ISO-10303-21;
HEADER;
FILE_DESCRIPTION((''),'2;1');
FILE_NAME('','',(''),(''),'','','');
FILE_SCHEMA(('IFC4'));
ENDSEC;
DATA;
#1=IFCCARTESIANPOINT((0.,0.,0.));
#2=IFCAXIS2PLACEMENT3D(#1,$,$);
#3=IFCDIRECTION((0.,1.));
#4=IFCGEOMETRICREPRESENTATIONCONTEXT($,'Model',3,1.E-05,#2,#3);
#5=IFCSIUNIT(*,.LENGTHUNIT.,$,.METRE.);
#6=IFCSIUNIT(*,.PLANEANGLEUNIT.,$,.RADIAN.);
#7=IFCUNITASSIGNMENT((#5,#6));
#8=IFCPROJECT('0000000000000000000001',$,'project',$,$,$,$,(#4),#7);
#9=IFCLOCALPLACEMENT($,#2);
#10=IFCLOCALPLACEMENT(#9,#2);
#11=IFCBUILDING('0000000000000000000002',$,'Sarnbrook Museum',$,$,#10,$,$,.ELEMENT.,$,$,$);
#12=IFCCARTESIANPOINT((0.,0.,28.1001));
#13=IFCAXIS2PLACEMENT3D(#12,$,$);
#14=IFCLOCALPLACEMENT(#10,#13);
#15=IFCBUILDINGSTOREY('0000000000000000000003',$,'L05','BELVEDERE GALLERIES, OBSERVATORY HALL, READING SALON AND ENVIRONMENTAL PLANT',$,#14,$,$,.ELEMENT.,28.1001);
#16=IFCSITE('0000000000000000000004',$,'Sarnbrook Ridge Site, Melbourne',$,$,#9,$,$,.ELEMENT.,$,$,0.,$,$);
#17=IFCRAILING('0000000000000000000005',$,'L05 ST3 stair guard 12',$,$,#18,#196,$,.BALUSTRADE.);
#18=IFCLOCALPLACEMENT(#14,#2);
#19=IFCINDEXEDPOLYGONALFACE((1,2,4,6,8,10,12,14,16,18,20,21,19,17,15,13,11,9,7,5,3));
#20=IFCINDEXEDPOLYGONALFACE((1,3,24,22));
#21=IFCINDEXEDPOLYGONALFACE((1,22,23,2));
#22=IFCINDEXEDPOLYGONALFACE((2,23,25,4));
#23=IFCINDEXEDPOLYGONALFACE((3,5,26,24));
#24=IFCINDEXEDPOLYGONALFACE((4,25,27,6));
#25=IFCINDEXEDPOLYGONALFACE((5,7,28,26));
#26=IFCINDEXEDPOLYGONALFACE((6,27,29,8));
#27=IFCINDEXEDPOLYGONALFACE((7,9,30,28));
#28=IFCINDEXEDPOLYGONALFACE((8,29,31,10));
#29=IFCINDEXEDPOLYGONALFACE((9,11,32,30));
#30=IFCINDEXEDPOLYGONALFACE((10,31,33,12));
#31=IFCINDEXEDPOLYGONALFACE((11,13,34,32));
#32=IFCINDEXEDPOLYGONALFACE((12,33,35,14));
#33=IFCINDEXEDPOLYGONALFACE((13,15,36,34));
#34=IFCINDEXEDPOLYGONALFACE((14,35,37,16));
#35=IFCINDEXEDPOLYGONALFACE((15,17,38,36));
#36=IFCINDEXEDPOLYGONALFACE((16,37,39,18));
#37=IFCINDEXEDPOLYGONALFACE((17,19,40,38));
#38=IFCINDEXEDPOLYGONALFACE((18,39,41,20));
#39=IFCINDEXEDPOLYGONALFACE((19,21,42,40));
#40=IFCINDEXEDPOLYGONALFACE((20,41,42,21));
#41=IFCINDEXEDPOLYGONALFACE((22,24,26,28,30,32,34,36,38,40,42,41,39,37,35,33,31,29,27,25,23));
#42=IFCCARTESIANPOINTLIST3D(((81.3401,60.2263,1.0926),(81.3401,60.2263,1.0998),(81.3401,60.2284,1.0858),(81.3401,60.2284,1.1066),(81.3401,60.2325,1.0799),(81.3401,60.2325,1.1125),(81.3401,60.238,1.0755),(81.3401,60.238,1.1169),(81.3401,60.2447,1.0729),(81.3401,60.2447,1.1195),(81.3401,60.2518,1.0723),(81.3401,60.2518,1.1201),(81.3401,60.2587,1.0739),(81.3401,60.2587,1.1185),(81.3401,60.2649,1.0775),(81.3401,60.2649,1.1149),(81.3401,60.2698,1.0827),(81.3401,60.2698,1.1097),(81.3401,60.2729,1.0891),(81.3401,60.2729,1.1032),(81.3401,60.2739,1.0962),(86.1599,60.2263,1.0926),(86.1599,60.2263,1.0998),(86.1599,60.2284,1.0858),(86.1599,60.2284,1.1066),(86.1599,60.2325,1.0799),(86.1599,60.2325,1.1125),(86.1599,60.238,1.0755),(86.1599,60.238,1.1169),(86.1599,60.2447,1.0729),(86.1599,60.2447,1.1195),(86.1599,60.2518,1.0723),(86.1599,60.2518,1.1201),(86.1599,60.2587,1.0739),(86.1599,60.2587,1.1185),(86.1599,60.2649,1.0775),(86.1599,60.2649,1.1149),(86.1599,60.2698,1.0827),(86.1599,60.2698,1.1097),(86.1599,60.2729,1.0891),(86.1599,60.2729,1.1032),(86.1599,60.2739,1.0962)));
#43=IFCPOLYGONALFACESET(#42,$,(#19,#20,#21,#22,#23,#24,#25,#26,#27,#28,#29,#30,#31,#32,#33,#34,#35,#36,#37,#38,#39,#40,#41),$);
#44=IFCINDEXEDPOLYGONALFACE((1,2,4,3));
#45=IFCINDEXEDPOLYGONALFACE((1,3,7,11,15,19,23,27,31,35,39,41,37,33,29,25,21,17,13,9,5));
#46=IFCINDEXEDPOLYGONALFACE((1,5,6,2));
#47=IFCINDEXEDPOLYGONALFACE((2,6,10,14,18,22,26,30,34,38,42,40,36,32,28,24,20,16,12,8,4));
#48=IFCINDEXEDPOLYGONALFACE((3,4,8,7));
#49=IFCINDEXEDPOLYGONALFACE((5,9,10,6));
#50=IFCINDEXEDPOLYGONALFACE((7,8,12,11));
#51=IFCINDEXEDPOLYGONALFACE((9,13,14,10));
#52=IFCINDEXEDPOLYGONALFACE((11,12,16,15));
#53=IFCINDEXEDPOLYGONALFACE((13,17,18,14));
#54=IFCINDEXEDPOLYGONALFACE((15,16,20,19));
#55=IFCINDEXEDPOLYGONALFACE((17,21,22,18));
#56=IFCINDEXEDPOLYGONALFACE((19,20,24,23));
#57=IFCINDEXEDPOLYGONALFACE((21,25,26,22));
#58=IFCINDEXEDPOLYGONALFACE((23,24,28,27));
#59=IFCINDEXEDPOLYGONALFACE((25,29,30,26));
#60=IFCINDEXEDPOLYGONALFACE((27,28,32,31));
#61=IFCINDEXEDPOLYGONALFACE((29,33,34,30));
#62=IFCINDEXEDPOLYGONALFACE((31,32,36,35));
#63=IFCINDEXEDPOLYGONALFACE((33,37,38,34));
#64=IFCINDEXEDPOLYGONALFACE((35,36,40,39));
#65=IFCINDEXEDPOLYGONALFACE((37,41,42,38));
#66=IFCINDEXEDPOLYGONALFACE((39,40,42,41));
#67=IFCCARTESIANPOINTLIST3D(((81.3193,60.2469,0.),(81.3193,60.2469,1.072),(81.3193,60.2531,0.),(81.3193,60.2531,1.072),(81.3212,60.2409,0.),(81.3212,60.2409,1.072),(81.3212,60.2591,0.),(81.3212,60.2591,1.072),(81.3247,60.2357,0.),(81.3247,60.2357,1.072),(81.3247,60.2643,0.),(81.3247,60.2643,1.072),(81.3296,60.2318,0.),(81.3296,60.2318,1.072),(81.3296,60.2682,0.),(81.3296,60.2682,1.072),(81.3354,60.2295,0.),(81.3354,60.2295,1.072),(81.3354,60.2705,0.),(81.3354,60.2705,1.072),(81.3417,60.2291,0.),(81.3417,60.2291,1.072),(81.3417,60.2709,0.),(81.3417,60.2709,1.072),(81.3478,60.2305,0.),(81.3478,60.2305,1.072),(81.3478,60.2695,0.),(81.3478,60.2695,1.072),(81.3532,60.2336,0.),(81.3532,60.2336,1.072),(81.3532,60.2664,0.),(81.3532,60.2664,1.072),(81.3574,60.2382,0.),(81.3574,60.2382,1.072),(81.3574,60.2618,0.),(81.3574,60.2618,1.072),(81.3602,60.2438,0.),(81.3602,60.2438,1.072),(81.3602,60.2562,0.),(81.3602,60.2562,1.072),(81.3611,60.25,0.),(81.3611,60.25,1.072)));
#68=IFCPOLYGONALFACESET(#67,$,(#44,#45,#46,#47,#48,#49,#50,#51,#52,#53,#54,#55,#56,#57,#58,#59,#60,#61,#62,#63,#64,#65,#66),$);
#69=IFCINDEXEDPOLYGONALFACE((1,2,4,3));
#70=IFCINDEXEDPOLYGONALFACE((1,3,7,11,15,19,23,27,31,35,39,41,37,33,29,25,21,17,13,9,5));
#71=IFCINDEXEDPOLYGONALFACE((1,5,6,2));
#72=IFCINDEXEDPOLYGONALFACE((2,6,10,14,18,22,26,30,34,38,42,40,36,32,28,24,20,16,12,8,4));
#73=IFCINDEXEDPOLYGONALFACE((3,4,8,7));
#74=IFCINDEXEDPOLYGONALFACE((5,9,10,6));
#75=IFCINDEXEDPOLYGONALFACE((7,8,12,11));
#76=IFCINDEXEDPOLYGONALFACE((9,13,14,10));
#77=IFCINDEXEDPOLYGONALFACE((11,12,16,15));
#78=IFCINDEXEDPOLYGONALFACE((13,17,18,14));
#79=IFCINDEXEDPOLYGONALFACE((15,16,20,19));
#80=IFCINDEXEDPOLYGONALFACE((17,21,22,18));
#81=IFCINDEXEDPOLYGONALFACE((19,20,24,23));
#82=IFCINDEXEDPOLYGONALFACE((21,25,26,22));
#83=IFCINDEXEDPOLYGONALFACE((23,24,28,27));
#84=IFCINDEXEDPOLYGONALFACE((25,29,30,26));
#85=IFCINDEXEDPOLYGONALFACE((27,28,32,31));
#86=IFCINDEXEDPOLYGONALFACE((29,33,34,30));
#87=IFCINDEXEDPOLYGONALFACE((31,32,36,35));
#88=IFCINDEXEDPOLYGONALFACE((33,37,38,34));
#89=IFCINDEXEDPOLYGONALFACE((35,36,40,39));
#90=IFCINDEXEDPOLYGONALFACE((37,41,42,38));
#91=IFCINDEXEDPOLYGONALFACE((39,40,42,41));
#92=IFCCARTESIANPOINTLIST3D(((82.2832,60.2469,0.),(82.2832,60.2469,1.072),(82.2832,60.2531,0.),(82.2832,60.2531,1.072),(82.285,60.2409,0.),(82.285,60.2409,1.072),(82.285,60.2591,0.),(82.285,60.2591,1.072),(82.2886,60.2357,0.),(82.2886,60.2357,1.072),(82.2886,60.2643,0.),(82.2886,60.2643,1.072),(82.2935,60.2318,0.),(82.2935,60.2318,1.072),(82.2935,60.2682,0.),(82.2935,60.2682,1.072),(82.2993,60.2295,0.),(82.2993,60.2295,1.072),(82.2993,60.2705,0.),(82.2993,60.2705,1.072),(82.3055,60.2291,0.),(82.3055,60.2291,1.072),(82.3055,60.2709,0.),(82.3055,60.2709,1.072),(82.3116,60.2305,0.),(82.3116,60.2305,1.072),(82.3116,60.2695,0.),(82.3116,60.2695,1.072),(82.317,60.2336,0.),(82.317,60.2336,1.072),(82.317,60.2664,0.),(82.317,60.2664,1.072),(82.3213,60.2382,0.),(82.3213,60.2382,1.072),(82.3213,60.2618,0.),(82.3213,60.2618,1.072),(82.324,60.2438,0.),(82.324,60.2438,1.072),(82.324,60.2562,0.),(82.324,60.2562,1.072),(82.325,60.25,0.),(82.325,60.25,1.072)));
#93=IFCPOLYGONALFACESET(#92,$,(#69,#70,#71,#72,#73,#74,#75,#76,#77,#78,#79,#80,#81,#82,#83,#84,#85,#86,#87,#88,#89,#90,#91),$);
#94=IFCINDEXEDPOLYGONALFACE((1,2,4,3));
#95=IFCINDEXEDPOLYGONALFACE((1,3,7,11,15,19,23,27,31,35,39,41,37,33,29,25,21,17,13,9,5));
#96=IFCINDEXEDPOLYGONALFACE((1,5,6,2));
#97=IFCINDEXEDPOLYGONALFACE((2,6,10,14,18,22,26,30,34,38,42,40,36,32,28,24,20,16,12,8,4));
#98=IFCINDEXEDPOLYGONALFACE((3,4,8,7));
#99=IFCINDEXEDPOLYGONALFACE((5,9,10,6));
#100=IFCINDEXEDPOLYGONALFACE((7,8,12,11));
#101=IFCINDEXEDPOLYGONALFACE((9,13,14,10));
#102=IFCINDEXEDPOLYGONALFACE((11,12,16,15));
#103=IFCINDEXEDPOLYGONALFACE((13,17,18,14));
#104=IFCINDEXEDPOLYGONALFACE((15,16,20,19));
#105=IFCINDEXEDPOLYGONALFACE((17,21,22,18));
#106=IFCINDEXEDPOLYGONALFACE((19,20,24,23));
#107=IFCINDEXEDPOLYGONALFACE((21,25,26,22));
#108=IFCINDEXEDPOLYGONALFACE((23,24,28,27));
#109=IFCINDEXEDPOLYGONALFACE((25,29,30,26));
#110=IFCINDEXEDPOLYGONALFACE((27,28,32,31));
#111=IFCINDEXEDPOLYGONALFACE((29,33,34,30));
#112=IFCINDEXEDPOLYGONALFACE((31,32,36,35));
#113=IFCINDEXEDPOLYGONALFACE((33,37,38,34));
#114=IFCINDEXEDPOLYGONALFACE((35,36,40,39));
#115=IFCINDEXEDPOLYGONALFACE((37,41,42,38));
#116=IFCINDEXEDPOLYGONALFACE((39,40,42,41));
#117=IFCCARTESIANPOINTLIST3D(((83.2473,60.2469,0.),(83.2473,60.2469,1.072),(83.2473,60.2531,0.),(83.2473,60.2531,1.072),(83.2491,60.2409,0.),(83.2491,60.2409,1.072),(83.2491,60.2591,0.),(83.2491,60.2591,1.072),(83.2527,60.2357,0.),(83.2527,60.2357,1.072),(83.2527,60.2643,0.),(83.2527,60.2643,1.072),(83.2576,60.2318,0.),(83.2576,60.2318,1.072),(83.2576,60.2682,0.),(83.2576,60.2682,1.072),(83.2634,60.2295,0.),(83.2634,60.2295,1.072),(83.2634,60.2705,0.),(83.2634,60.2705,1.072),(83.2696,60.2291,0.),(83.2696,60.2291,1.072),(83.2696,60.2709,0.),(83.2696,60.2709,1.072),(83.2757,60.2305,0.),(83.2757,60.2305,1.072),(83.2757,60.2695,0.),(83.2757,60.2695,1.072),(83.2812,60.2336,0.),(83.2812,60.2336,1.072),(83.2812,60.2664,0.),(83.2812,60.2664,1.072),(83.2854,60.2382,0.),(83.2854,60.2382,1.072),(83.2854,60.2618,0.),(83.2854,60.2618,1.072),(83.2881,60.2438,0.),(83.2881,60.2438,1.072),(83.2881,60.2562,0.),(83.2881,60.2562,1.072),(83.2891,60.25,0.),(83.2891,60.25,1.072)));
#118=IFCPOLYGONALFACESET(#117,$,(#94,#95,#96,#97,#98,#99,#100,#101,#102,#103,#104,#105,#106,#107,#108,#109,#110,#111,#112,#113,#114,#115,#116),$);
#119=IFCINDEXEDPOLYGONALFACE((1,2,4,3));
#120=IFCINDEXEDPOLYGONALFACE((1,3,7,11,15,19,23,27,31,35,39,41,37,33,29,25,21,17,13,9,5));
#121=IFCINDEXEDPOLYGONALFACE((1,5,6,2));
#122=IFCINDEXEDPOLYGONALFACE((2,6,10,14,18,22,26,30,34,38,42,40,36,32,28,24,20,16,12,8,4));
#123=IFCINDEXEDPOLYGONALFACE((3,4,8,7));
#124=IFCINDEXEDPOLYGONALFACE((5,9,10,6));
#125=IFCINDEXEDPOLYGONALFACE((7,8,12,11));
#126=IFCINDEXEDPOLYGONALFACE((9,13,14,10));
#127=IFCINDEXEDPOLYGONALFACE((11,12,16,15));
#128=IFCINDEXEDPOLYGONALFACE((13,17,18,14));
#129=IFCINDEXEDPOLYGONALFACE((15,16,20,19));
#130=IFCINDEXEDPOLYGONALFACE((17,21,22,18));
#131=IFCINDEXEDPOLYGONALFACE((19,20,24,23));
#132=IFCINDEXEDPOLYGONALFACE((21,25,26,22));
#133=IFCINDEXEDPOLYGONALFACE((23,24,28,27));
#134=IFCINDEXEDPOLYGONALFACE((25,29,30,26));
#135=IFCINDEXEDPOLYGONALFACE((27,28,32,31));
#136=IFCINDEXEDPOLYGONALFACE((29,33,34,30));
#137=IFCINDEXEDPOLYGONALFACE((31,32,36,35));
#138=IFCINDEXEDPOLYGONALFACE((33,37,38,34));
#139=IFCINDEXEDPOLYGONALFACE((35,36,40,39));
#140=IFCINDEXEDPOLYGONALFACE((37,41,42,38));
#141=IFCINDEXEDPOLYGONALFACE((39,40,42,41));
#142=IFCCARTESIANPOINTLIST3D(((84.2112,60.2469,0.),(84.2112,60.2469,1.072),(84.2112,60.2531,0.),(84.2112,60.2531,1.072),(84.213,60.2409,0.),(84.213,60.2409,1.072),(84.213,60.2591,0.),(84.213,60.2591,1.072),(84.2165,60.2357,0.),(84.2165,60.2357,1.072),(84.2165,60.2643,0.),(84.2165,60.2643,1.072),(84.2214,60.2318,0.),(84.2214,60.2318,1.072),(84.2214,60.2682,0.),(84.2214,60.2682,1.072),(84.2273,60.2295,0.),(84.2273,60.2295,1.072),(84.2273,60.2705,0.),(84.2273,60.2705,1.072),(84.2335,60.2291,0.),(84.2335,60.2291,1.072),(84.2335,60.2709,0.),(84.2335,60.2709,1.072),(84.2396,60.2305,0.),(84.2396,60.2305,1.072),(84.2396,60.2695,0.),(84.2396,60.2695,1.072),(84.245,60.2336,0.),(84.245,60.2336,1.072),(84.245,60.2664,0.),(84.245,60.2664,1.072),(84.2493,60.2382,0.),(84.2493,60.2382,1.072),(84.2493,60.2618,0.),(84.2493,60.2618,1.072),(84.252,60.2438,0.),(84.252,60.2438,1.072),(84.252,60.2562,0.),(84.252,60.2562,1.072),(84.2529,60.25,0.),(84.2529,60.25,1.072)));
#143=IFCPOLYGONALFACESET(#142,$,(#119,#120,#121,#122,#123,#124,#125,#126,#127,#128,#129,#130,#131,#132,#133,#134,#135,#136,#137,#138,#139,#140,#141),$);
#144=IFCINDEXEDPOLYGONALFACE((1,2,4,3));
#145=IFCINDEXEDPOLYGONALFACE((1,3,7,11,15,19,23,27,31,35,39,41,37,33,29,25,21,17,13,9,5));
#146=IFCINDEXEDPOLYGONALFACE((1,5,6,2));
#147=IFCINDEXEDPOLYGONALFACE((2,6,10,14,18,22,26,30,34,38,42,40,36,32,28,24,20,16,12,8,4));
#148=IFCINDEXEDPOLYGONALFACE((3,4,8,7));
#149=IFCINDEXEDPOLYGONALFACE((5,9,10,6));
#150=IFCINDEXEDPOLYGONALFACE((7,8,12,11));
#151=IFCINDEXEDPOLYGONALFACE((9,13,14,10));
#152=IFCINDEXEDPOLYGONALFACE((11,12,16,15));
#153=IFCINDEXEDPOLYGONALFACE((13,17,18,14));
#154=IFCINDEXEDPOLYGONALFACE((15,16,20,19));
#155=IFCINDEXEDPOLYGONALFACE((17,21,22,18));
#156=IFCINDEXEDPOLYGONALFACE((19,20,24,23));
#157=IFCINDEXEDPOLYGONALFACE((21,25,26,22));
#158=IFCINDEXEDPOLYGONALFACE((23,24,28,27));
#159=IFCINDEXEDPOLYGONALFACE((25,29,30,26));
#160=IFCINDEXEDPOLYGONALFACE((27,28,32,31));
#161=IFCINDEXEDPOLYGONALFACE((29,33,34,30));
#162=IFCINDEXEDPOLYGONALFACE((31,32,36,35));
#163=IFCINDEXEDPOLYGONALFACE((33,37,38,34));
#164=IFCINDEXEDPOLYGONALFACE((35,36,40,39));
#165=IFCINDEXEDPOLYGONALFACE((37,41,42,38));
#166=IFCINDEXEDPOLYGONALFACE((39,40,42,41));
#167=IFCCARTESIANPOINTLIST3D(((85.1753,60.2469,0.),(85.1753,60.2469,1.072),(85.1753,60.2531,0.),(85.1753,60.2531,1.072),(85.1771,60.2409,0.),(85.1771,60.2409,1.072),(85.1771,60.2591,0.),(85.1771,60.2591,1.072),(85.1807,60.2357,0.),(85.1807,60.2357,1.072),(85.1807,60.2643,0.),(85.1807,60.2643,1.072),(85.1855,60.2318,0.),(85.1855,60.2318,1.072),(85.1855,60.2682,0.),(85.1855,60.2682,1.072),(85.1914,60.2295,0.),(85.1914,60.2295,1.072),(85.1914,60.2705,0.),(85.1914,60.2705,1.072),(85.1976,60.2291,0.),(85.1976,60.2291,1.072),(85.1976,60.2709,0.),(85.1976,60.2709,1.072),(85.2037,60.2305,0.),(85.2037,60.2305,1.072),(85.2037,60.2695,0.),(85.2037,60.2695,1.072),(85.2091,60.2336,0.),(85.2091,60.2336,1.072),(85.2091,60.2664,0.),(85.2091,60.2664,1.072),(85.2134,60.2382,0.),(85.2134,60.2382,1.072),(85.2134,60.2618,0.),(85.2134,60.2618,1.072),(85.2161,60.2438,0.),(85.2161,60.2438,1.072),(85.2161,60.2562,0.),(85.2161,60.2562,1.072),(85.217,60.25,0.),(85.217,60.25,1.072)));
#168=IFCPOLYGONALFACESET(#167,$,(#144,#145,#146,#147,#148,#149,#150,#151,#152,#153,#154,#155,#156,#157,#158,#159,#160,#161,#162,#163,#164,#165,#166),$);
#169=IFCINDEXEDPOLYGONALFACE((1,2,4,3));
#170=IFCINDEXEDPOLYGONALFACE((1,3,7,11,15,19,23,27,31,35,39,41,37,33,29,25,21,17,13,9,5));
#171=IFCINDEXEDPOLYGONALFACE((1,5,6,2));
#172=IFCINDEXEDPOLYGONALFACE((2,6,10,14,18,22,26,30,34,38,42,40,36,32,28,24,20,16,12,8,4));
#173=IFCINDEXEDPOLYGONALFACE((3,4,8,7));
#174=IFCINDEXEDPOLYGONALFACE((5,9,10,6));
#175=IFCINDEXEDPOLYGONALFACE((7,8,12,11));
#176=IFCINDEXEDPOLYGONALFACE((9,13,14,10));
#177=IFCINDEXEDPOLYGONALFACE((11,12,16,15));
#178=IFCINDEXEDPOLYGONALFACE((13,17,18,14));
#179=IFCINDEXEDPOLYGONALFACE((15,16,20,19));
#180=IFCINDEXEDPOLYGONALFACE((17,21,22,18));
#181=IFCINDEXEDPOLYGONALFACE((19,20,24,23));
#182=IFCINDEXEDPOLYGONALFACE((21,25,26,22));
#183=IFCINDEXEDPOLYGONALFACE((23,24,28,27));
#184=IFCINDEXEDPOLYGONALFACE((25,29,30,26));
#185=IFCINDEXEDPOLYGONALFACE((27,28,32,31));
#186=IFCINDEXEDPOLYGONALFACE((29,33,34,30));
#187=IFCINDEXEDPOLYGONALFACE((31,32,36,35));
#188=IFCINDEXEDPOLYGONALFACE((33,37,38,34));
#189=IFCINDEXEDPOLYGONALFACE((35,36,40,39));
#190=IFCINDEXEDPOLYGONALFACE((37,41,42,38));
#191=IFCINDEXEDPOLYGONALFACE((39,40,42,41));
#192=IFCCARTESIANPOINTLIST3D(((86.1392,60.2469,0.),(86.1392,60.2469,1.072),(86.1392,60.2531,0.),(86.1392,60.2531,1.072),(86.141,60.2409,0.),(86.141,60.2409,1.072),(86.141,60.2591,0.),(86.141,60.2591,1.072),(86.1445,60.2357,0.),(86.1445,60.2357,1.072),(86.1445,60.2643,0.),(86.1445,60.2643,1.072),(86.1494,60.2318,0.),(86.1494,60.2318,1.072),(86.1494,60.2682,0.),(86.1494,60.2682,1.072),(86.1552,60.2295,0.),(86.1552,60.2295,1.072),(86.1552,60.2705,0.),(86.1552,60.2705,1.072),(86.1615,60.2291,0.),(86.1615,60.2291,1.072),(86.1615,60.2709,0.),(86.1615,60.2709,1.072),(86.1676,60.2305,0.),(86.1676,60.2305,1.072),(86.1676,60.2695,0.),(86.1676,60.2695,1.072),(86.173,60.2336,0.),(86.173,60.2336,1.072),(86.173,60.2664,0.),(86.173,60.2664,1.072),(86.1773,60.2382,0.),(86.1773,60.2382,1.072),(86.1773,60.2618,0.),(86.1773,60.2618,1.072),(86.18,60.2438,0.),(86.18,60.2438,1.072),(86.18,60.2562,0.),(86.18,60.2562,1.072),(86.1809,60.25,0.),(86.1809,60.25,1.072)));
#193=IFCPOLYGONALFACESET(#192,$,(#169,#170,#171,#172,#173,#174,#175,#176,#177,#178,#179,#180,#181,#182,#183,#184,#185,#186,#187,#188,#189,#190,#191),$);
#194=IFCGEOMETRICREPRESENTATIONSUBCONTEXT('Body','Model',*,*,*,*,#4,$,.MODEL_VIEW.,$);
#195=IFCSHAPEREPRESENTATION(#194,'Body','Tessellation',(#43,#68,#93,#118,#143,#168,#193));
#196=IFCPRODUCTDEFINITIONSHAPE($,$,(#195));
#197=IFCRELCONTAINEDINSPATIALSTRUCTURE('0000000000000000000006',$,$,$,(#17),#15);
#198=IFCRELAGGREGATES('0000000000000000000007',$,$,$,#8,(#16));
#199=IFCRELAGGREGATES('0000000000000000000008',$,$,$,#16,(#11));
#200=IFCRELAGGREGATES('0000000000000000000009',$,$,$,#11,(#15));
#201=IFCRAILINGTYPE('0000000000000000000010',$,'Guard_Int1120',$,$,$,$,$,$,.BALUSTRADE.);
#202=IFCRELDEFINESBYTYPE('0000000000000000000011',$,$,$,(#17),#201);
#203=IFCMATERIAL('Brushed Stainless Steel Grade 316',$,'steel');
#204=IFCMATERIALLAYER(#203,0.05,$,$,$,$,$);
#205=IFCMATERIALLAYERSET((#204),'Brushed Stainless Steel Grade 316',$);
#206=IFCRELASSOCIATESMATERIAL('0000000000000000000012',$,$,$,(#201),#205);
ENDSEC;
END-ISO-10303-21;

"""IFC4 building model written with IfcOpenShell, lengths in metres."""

from ifc_helpers import new_model, si_unit, direction, frame, origin, origin_2d, place, context, subcontext, project, spatial, circle, extrude, material, layer, layer_set, type_object, element, save


model = new_model("IFC4")

# Units and contexts
model_context = context("Model", 3, precision=1e-05, world=origin(), true_north=direction((0.0, 1.0)))
body_context = subcontext(model_context, "Body", "Model", "MODEL_VIEW")
ifc_project = project(units=[si_unit("LENGTHUNIT", "METRE"), si_unit("PLANEANGLEUNIT", "RADIAN")], contexts=[model_context])

# Site, building, storey
site_placement = place(None, origin())
site = spatial("IfcSite", under=ifc_project, at=site_placement, Name="Sarnbrook Ridge Site, Melbourne", CompositionType="ELEMENT", RefElevation=0.0)
building_placement = place(site_placement, origin())
building = spatial("IfcBuilding", under=site, at=building_placement, Name="Sarnbrook Museum", CompositionType="ELEMENT")
storey_placement = place(building_placement, frame((0.0, 0.0, 28.1001)))
storey = spatial("IfcBuildingStorey", under=building, at=storey_placement, Name="L05", Description="BELVEDERE GALLERIES, OBSERVATORY HALL, READING SALON AND ENVIRONMENTAL PLANT", CompositionType="ELEMENT", Elevation=28.1001)

# Shared definitions
ifc_material_1 = material(Name="Brushed Stainless Steel Grade 316", Category="steel")

# Railing
ifc_layer_1 = layer(ifc_material_1, 0.05)
ifc_layer_set_1 = layer_set([ifc_layer_1], Name="Brushed Stainless Steel Grade 316")
railing_type_1 = type_object("IfcRailingType", Name="Guard_Int1120", PredefinedType="BALUSTRADE", material=ifc_layer_set_1)
railing_1_placement = place(storey_placement, frame((81.3401, 60.25, 0.0)))
element("IfcRailing", 1, at=railing_1_placement, inside=storey, type_object=railing_type_1, Name="L05 ST3 stair guard 12", PredefinedType="BALUSTRADE", context=body_context, shape_type="SweptSolid", body=[
    extrude(circle(Radius=0.0239, at=origin_2d()), frame((0.0, 0.0, 1.0962), z_axis=(1.0, 0.0, 0.0), x_axis=(0.0, 1.0, 0.0)), (0.0, 0.0, 1.0), 4.8198),
    extrude(circle(Radius=0.021, at=origin_2d()), origin(), (0.0, 0.0, 1.0), 1.072),
    extrude(circle(Radius=0.021, at=origin_2d()), frame((0.9639, 0.0, 0.0)), (0.0, 0.0, 1.0), 1.072),
    extrude(circle(Radius=0.021, at=origin_2d()), frame((1.928, 0.0, 0.0)), (0.0, 0.0, 1.0), 1.072),
    extrude(circle(Radius=0.021, at=origin_2d()), frame((2.8918, 0.0, 0.0)), (0.0, 0.0, 1.0), 1.072),
    extrude(circle(Radius=0.021, at=origin_2d()), frame((3.856, 0.0, 0.0)), (0.0, 0.0, 1.0), 1.072),
    extrude(circle(Radius=0.021, at=origin_2d()), frame((4.8198, 0.0, 0.0)), (0.0, 0.0, 1.0), 1.072),
])

save(model, "model.ifc")
